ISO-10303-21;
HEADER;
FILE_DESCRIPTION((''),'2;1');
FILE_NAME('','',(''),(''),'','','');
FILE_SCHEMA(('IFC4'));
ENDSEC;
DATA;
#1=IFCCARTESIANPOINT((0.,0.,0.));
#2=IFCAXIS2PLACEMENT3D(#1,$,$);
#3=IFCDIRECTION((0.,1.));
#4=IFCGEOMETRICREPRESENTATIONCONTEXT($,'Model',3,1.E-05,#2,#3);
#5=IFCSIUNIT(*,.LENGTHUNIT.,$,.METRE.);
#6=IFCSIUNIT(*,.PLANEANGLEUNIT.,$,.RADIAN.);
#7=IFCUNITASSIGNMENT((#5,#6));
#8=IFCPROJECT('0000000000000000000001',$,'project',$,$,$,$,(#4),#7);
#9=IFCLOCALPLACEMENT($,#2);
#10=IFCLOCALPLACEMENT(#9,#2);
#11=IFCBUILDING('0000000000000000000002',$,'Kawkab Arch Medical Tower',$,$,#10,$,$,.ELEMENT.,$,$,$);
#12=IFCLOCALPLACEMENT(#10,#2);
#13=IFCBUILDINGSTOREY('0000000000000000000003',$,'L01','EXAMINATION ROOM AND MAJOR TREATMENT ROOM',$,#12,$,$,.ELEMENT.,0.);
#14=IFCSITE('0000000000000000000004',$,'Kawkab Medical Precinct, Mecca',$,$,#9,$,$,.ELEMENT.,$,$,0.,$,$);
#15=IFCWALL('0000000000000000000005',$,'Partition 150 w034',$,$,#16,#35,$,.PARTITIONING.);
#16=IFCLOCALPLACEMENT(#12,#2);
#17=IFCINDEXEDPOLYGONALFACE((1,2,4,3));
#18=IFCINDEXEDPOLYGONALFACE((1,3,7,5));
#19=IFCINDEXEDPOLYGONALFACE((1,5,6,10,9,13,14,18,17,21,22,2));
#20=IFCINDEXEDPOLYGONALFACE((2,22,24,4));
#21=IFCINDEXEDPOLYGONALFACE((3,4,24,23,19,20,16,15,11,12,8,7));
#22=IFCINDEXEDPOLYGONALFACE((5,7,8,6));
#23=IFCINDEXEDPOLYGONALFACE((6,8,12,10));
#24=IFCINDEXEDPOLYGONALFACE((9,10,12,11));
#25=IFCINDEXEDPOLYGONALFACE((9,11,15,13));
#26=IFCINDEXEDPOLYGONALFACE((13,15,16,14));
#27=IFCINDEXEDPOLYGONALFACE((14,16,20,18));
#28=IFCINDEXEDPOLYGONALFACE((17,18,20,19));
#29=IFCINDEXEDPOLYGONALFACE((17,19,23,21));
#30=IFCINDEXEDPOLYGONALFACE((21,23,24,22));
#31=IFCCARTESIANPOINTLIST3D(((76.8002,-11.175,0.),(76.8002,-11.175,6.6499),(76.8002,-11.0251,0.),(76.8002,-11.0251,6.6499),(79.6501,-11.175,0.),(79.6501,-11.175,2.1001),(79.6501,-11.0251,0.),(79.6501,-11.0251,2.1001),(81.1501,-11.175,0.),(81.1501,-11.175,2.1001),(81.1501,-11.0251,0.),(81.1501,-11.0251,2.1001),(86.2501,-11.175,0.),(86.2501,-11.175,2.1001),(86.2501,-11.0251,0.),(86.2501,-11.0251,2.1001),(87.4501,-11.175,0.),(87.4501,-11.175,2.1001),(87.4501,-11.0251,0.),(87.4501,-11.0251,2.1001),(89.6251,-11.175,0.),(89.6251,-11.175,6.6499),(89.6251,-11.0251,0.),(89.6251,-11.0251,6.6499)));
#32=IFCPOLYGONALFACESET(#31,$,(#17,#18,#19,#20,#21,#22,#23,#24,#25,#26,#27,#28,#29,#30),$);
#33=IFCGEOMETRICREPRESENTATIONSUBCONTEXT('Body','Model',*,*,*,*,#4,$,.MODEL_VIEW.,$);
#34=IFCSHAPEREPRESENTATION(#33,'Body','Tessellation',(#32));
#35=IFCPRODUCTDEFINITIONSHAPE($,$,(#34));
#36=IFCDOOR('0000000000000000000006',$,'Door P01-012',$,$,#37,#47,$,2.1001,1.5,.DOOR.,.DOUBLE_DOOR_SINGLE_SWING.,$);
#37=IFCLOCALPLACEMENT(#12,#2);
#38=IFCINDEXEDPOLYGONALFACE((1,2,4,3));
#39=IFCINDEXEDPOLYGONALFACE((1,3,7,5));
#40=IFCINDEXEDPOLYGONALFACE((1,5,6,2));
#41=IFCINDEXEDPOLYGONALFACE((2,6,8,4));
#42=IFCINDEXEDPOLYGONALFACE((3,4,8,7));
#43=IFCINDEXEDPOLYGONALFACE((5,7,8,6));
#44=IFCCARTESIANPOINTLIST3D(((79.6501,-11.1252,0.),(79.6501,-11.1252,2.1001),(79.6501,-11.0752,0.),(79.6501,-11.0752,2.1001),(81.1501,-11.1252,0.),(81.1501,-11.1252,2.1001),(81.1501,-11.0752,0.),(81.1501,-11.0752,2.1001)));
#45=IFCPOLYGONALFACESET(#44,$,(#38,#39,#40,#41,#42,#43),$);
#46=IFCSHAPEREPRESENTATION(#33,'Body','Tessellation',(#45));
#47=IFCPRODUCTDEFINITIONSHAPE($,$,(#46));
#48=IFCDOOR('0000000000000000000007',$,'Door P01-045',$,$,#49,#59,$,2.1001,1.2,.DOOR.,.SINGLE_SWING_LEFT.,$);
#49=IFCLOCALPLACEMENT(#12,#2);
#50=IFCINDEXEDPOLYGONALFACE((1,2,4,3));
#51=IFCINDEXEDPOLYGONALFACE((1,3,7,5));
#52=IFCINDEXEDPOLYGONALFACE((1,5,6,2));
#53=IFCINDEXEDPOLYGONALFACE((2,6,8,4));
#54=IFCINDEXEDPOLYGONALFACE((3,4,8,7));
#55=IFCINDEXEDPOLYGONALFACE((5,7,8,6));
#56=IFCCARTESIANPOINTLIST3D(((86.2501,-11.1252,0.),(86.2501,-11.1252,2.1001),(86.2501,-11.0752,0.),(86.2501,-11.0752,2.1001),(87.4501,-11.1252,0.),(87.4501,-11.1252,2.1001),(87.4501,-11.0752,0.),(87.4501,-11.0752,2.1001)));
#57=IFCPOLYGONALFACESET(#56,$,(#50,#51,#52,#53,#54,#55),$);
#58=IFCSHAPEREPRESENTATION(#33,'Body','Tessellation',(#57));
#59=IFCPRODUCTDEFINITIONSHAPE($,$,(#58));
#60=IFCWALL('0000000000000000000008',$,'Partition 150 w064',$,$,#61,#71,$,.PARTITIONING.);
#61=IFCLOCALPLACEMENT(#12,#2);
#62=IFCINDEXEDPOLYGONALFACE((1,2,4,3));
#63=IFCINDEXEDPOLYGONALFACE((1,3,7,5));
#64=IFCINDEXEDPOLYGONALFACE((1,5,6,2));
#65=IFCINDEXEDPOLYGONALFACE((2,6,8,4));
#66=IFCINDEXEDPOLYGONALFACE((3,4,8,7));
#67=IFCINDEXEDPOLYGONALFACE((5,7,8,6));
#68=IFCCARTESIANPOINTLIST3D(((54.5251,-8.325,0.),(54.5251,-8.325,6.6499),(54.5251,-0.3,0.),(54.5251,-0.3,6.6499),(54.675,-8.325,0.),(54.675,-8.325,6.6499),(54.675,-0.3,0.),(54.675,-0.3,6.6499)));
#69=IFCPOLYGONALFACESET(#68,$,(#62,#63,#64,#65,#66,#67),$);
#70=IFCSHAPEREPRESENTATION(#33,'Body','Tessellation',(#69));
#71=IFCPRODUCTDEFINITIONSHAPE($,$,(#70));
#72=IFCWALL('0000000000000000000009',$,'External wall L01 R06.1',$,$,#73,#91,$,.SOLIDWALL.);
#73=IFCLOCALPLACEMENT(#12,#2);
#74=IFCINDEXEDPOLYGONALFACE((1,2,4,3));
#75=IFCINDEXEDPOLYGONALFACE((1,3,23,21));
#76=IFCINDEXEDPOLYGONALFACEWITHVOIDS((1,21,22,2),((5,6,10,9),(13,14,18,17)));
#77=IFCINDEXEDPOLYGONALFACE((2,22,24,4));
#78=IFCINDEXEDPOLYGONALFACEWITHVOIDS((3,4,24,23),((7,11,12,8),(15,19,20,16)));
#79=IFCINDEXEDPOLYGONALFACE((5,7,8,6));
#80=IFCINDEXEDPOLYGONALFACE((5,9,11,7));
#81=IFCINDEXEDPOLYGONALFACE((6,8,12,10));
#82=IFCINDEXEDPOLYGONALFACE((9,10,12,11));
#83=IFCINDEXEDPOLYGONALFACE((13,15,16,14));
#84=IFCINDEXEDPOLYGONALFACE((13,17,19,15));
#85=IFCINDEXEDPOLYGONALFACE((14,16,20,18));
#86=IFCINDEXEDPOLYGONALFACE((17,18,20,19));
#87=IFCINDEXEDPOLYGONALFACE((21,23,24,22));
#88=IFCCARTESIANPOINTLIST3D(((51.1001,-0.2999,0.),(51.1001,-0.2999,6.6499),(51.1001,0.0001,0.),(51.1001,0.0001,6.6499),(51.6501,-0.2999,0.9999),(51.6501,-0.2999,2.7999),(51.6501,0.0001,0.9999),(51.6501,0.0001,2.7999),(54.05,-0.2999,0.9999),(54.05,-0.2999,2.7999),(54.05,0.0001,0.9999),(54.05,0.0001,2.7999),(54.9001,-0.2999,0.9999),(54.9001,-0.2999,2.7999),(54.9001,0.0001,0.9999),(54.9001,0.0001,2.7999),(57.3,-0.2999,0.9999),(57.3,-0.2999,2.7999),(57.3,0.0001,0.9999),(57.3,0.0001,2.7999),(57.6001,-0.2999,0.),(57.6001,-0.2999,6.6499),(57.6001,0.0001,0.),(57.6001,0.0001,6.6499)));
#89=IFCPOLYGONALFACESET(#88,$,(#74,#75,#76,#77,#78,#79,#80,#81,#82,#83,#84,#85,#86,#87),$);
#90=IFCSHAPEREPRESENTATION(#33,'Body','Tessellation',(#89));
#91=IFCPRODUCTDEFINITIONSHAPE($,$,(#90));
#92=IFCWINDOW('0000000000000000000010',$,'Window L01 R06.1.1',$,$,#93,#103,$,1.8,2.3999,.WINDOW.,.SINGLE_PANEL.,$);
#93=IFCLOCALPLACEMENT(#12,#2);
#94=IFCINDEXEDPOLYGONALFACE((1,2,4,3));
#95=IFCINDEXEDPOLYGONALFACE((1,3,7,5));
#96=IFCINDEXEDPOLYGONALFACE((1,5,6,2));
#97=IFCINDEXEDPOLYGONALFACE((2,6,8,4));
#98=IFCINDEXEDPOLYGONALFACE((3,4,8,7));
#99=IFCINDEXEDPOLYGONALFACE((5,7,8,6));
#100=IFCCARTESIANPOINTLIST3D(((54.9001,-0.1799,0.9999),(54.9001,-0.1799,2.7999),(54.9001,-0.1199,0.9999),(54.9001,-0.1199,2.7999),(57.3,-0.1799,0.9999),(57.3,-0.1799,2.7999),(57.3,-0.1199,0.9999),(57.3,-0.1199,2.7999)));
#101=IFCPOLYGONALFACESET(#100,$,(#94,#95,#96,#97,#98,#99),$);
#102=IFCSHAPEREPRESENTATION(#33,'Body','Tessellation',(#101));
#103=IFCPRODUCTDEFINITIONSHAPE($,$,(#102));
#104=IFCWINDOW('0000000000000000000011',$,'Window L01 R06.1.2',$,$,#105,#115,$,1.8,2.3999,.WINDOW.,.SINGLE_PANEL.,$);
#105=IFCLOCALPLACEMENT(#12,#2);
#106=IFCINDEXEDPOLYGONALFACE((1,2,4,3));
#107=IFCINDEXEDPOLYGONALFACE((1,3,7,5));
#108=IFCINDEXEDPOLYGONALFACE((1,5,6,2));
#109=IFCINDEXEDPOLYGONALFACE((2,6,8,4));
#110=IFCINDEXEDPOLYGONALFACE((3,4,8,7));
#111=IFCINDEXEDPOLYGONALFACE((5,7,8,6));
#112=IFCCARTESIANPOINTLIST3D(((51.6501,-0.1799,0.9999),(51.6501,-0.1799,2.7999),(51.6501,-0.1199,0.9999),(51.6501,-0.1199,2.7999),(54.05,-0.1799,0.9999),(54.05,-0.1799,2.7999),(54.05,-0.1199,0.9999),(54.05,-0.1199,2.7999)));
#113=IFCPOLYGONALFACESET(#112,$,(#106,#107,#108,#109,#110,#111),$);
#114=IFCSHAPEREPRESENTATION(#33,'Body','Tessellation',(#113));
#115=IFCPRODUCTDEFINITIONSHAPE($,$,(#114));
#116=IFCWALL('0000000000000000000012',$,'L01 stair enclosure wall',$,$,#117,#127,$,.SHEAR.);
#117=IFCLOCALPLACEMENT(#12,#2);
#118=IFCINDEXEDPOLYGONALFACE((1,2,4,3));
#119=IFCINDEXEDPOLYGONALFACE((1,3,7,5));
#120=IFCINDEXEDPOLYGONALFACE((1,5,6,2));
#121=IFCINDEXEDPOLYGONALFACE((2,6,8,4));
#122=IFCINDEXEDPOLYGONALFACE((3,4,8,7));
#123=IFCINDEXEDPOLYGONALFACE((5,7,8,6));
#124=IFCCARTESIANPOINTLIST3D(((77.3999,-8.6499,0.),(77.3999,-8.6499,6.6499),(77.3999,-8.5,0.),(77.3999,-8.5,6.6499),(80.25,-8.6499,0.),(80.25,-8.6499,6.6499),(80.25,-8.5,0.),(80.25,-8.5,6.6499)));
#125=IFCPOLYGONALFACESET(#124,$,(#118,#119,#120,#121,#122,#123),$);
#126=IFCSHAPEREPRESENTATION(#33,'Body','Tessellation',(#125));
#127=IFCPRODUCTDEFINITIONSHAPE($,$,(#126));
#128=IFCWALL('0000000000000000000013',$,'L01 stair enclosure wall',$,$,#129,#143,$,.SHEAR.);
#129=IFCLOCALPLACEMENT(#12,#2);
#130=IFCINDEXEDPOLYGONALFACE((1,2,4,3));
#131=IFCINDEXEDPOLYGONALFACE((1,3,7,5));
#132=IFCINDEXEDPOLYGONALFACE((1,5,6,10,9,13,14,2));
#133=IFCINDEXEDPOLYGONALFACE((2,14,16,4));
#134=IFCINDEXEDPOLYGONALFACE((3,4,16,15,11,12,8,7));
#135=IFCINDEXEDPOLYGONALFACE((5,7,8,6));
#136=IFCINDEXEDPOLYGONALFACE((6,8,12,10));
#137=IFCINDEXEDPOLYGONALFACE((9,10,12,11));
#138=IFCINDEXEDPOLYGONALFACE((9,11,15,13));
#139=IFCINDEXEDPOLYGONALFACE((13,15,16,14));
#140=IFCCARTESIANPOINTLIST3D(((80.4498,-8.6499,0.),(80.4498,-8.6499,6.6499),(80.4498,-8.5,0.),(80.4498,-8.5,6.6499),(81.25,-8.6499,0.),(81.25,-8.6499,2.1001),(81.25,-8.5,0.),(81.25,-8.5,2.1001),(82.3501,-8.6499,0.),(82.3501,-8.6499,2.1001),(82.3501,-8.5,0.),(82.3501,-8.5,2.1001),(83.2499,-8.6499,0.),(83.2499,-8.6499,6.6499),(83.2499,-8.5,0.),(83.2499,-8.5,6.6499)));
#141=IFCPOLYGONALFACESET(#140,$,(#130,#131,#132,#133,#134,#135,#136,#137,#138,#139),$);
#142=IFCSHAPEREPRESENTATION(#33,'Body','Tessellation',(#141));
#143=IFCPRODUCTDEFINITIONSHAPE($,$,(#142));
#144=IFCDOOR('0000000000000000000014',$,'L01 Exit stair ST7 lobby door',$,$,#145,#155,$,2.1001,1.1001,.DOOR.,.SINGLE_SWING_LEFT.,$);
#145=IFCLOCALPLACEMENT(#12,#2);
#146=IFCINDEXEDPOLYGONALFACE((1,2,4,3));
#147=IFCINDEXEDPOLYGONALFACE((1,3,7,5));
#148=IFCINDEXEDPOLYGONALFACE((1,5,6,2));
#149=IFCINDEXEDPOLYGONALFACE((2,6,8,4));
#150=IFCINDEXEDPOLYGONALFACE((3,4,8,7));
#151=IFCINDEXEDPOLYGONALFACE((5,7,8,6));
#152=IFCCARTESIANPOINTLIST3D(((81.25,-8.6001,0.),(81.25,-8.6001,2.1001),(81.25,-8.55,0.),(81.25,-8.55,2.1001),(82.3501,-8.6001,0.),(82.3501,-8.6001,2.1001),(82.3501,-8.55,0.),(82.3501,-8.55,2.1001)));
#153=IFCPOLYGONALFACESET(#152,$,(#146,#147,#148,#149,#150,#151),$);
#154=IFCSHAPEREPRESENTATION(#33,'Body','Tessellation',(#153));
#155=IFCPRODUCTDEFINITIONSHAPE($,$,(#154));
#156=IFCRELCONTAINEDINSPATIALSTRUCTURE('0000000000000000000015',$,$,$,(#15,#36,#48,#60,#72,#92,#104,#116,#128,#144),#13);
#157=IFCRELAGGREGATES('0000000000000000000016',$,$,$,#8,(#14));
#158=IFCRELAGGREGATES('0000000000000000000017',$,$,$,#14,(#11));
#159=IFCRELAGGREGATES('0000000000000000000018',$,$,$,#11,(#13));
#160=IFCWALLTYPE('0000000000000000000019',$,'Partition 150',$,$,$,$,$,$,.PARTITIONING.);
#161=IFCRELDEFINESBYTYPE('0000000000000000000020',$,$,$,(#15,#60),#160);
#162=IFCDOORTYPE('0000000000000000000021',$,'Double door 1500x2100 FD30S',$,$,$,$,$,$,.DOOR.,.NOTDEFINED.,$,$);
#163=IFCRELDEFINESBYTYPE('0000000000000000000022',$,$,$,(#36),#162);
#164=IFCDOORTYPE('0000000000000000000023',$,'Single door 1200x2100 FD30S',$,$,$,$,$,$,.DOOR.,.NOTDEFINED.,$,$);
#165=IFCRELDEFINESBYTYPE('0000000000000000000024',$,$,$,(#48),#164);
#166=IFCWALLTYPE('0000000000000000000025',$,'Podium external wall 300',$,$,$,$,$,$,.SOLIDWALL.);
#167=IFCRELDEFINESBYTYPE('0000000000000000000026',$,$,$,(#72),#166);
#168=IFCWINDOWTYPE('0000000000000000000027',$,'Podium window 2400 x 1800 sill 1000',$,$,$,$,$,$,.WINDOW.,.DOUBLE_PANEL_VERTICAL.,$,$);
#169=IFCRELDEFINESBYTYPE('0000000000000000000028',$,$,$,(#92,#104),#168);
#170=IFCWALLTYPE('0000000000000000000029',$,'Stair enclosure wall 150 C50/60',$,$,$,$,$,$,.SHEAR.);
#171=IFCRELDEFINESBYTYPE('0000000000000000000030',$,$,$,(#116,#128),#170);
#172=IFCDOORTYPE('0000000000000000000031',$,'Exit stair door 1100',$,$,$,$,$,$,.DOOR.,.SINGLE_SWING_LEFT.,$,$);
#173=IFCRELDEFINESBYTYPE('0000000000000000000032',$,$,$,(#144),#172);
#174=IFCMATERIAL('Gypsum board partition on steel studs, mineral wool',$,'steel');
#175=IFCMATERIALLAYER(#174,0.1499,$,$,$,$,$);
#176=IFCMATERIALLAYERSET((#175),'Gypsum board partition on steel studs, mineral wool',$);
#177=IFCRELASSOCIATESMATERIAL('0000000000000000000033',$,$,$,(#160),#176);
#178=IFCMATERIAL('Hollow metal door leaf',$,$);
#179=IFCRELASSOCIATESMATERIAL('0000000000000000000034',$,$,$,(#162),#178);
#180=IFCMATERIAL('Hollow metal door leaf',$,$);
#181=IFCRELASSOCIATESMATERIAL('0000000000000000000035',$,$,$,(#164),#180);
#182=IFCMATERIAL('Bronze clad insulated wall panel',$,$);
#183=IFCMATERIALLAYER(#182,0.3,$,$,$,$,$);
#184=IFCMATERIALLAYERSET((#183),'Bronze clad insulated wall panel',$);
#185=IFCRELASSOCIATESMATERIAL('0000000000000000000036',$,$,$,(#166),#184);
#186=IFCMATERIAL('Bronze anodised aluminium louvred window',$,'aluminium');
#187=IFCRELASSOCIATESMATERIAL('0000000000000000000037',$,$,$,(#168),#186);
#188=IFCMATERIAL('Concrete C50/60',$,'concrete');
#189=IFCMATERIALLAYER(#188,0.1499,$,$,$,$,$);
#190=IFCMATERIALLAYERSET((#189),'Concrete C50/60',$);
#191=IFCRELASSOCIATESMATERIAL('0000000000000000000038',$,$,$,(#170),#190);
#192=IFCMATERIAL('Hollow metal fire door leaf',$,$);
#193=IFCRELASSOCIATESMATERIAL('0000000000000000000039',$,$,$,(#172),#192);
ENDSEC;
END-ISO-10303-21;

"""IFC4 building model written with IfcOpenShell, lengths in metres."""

from ifc_helpers import new_model, si_unit, direction, frame, frame_2d, origin, place, context, subcontext, project, spatial, rectangle, extrude, material, layer, layer_set, type_object, element, fill, save


model = new_model("IFC4")

# Units and contexts
model_context = context("Model", 3, precision=1e-05, world=origin(), true_north=direction((0.0, 1.0)))
body_context = subcontext(model_context, "Body", "Model", "MODEL_VIEW")
ifc_project = project(units=[si_unit("LENGTHUNIT", "METRE"), si_unit("PLANEANGLEUNIT", "RADIAN")], contexts=[model_context])

# Site, building, storey
site_placement = place(None, origin())
site = spatial("IfcSite", under=ifc_project, at=site_placement, Name="Kawkab Medical Precinct, Mecca", CompositionType="ELEMENT", RefElevation=0.0)
building_placement = place(site_placement, origin())
building = spatial("IfcBuilding", under=site, at=building_placement, Name="Kawkab Arch Medical Tower", CompositionType="ELEMENT")
storey_placement = place(building_placement, origin())
storey = spatial("IfcBuildingStorey", under=building, at=storey_placement, Name="L01", Description="EXAMINATION ROOM AND MAJOR TREATMENT ROOM", CompositionType="ELEMENT", Elevation=0.0)

# Wall, openings, doors
ifc_material_1 = material(Name="Gypsum board partition on steel studs, mineral wool", Category="steel")
ifc_layer_1 = layer(ifc_material_1, 0.1499)
ifc_layer_set_1 = layer_set([ifc_layer_1], Name="Gypsum board partition on steel studs, mineral wool")
wall_type_1 = type_object("IfcWallType", Name="Partition 150", PredefinedType="PARTITIONING", material=ifc_layer_set_1)
wall_1_placement = place(storey_placement, frame((76.8, -11.1001, 0.0), z_axis=(0.0, 0.0, 1.0), x_axis=(1.0, 0.0, 0.0)))
wall_1 = element("IfcWall", 1, at=wall_1_placement, inside=storey, type_object=wall_type_1, Name="Partition 150 w034", PredefinedType="PARTITIONING", context=body_context, shape_type="SweptSolid", body=[
    extrude(rectangle(XDim=12.825, YDim=0.1499, at=frame_2d((6.4126, 0.0))), origin(), (0.0, 0.0, 1.0), 6.6499),
])
opening_1_placement = place(wall_1_placement, frame((2.8501, 0.0, 0.0)))
opening_1 = element("IfcOpeningElement", 2, at=opening_1_placement, cuts=wall_1, PredefinedType="OPENING", context=body_context, shape_type="SweptSolid", body=[
    extrude(rectangle(XDim=1.5, YDim=2.1001, at=frame_2d((0.75, 1.05))), frame((0.0, 0.085, 0.0), z_axis=(0.0, -1.0, 0.0), x_axis=(1.0, 0.0, 0.0)), (0.0, 0.0, 1.0), 0.1699),
])
opening_2_placement = place(wall_1_placement, frame((9.45, 0.0, 0.0)))
opening_2 = element("IfcOpeningElement", 3, at=opening_2_placement, cuts=wall_1, PredefinedType="OPENING", context=body_context, shape_type="SweptSolid", body=[
    extrude(rectangle(XDim=1.2, YDim=2.1001, at=frame_2d((0.6001, 1.05))), frame((0.0, 0.085, 0.0), z_axis=(0.0, -1.0, 0.0), x_axis=(1.0, 0.0, 0.0)), (0.0, 0.0, 1.0), 0.1699),
])
ifc_material_2 = material(Name="Hollow metal door leaf")
door_type_1 = type_object("IfcDoorType", Name="Double door 1500x2100 FD30S", OperationType="NOTDEFINED", PredefinedType="DOOR", material=ifc_material_2)
door_1_placement = place(opening_1_placement, origin())
door_1 = element("IfcDoor", 4, at=door_1_placement, inside=storey, type_object=door_type_1, Name="Door P01-012", OperationType="DOUBLE_DOOR_SINGLE_SWING", OverallHeight=2.1001, OverallWidth=1.5, PredefinedType="DOOR", context=body_context, shape_type="SweptSolid", body=[
    extrude(rectangle(XDim=1.5, YDim=2.1001, at=frame_2d((0.75, 1.05))), frame((0.0, 0.0249, 0.0), z_axis=(0.0, -1.0, 0.0), x_axis=(1.0, 0.0, 0.0)), (0.0, 0.0, 1.0), 0.05),
])
fill(opening_1, door_1)
ifc_material_3 = material(Name="Hollow metal door leaf")
door_type_2 = type_object("IfcDoorType", Name="Single door 1200x2100 FD30S", OperationType="NOTDEFINED", PredefinedType="DOOR", material=ifc_material_3)
door_2_placement = place(opening_2_placement, origin())
door_2 = element("IfcDoor", 5, at=door_2_placement, inside=storey, type_object=door_type_2, Name="Door P01-045", OperationType="SINGLE_SWING_LEFT", OverallHeight=2.1001, OverallWidth=1.2, PredefinedType="DOOR", context=body_context, shape_type="SweptSolid", body=[
    extrude(rectangle(XDim=1.2, YDim=2.1001, at=frame_2d((0.6001, 1.05))), frame((0.0, 0.0249, 0.0), z_axis=(0.0, -1.0, 0.0), x_axis=(1.0, 0.0, 0.0)), (0.0, 0.0, 1.0), 0.05),
])
fill(opening_2, door_2)

# Wall
wall_2_placement = place(storey_placement, frame((54.6001, -8.325, 0.0), z_axis=(0.0, 0.0, 1.0), x_axis=(0.0, 1.0, 0.0)))
element("IfcWall", 6, at=wall_2_placement, inside=storey, type_object=wall_type_1, Name="Partition 150 w064", PredefinedType="PARTITIONING", context=body_context, shape_type="SweptSolid", body=[
    extrude(rectangle(XDim=8.0249, YDim=0.1499, at=frame_2d((4.0125, 0.0))), origin(), (0.0, 0.0, 1.0), 6.6499),
])

# Wall, openings, windows
ifc_material_4 = material(Name="Bronze clad insulated wall panel")
ifc_layer_2 = layer(ifc_material_4, 0.3)
ifc_layer_set_2 = layer_set([ifc_layer_2], Name="Bronze clad insulated wall panel")
wall_type_2 = type_object("IfcWallType", Name="Podium external wall 300", PredefinedType="SOLIDWALL", material=ifc_layer_set_2)
wall_3_placement = place(storey_placement, frame((57.6001, -0.1499, 0.0), z_axis=(0.0, 0.0, 1.0), x_axis=(-1.0, 0.0, 0.0)))
wall_3 = element("IfcWall", 7, at=wall_3_placement, inside=storey, type_object=wall_type_2, Name="External wall L01 R06.1", PredefinedType="SOLIDWALL", context=body_context, shape_type="SweptSolid", body=[
    extrude(rectangle(XDim=6.5, YDim=0.3, at=frame_2d((3.25, 0.0))), origin(), (0.0, 0.0, 1.0), 6.6499),
])
opening_3_placement = place(wall_3_placement, frame((0.3, 0.0, 1.0)))
opening_3 = element("IfcOpeningElement", 8, at=opening_3_placement, cuts=wall_3, PredefinedType="OPENING", context=body_context, shape_type="SweptSolid", body=[
    extrude(rectangle(XDim=2.3999, YDim=1.8, at=frame_2d((1.2, 0.8999))), frame((0.0, 0.1599, 0.0), z_axis=(0.0, -1.0, 0.0), x_axis=(1.0, 0.0, 0.0)), (0.0, 0.0, 1.0), 0.3201),
])
opening_4_placement = place(wall_3_placement, frame((3.55, 0.0, 1.0)))
opening_4 = element("IfcOpeningElement", 9, at=opening_4_placement, cuts=wall_3, PredefinedType="OPENING", context=body_context, shape_type="SweptSolid", body=[
    extrude(rectangle(XDim=2.3999, YDim=1.8, at=frame_2d((1.2, 0.8999))), frame((0.0, 0.1599, 0.0), z_axis=(0.0, -1.0, 0.0), x_axis=(1.0, 0.0, 0.0)), (0.0, 0.0, 1.0), 0.3201),
])
ifc_material_5 = material(Name="Bronze anodised aluminium louvred window", Category="aluminium")
window_type = type_object("IfcWindowType", Name="Podium window 2400 x 1800 sill 1000", PartitioningType="DOUBLE_PANEL_VERTICAL", PredefinedType="WINDOW", material=ifc_material_5)
window_1_placement = place(opening_3_placement, origin())
window_1 = element("IfcWindow", 10, at=window_1_placement, inside=storey, type_object=window_type, Name="Window L01 R06.1.1", OverallHeight=1.8, OverallWidth=2.3999, PartitioningType="SINGLE_PANEL", PredefinedType="WINDOW", context=body_context, shape_type="SweptSolid", body=[
    extrude(rectangle(XDim=2.3999, YDim=1.8, at=frame_2d((1.2, 0.8999))), frame((0.0, 0.03, 0.0), z_axis=(0.0, -1.0, 0.0), x_axis=(1.0, 0.0, 0.0)), (0.0, 0.0, 1.0), 0.0601),
])
fill(opening_3, window_1)
window_2_placement = place(opening_4_placement, origin())
window_2 = element("IfcWindow", 11, at=window_2_placement, inside=storey, type_object=window_type, Name="Window L01 R06.1.2", OverallHeight=1.8, OverallWidth=2.3999, PartitioningType="SINGLE_PANEL", PredefinedType="WINDOW", context=body_context, shape_type="SweptSolid", body=[
    extrude(rectangle(XDim=2.3999, YDim=1.8, at=frame_2d((1.2, 0.8999))), frame((0.0, 0.03, 0.0), z_axis=(0.0, -1.0, 0.0), x_axis=(1.0, 0.0, 0.0)), (0.0, 0.0, 1.0), 0.0601),
])
fill(opening_4, window_2)

# Wall
ifc_material_6 = material(Name="Concrete C50/60", Category="concrete")
ifc_layer_3 = layer(ifc_material_6, 0.1499)
ifc_layer_set_3 = layer_set([ifc_layer_3], Name="Concrete C50/60")
wall_type_3 = type_object("IfcWallType", Name="Stair enclosure wall 150 C50/60", PredefinedType="SHEAR", material=ifc_layer_set_3)
wall_4_placement = place(storey_placement, frame((77.3999, -8.575, 0.0), z_axis=(0.0, 0.0, 1.0), x_axis=(1.0, 0.0, 0.0)))
element("IfcWall", 12, at=wall_4_placement, inside=storey, type_object=wall_type_3, Name="L01 stair enclosure wall", PredefinedType="SHEAR", context=body_context, shape_type="SweptSolid", body=[
    extrude(rectangle(XDim=2.8501, YDim=0.1499, at=frame_2d((1.425, 0.0))), origin(), (0.0, 0.0, 1.0), 6.6499),
])

# Wall, opening, door
wall_5_placement = place(storey_placement, frame((80.45, -8.575, 0.0), z_axis=(0.0, 0.0, 1.0), x_axis=(1.0, 0.0, 0.0)))
wall_5 = element("IfcWall", 13, at=wall_5_placement, inside=storey, type_object=wall_type_3, Name="L01 stair enclosure wall", PredefinedType="SHEAR", context=body_context, shape_type="SweptSolid", body=[
    extrude(rectangle(XDim=2.8, YDim=0.1499, at=frame_2d((1.3999, 0.0))), origin(), (0.0, 0.0, 1.0), 6.6499),
])
opening_5_placement = place(wall_5_placement, frame((0.8, 0.0, 0.0)))
opening_5 = element("IfcOpeningElement", 14, at=opening_5_placement, cuts=wall_5, PredefinedType="OPENING", context=body_context, shape_type="SweptSolid", body=[
    extrude(rectangle(XDim=1.1001, YDim=2.1001, at=frame_2d((0.55, 1.05))), frame((0.0, 0.085, 0.0), z_axis=(0.0, -1.0, 0.0), x_axis=(1.0, 0.0, 0.0)), (0.0, 0.0, 1.0), 0.1699),
])
ifc_material_7 = material(Name="Hollow metal fire door leaf")
door_type_3 = type_object("IfcDoorType", Name="Exit stair door 1100", OperationType="SINGLE_SWING_LEFT", PredefinedType="DOOR", material=ifc_material_7)
door_3_placement = place(opening_5_placement, origin())
door_3 = element("IfcDoor", 15, at=door_3_placement, inside=storey, type_object=door_type_3, Name="L01 Exit stair ST7 lobby door", OperationType="SINGLE_SWING_LEFT", OverallHeight=2.1001, OverallWidth=1.1001, PredefinedType="DOOR", context=body_context, shape_type="SweptSolid", body=[
    extrude(rectangle(XDim=1.1001, YDim=2.1001, at=frame_2d((0.55, 1.05))), frame((0.0, 0.0249, 0.0), z_axis=(0.0, -1.0, 0.0), x_axis=(1.0, 0.0, 0.0)), (0.0, 0.0, 1.0), 0.05),
])
fill(opening_5, door_3)

save(model, "model.ifc")
